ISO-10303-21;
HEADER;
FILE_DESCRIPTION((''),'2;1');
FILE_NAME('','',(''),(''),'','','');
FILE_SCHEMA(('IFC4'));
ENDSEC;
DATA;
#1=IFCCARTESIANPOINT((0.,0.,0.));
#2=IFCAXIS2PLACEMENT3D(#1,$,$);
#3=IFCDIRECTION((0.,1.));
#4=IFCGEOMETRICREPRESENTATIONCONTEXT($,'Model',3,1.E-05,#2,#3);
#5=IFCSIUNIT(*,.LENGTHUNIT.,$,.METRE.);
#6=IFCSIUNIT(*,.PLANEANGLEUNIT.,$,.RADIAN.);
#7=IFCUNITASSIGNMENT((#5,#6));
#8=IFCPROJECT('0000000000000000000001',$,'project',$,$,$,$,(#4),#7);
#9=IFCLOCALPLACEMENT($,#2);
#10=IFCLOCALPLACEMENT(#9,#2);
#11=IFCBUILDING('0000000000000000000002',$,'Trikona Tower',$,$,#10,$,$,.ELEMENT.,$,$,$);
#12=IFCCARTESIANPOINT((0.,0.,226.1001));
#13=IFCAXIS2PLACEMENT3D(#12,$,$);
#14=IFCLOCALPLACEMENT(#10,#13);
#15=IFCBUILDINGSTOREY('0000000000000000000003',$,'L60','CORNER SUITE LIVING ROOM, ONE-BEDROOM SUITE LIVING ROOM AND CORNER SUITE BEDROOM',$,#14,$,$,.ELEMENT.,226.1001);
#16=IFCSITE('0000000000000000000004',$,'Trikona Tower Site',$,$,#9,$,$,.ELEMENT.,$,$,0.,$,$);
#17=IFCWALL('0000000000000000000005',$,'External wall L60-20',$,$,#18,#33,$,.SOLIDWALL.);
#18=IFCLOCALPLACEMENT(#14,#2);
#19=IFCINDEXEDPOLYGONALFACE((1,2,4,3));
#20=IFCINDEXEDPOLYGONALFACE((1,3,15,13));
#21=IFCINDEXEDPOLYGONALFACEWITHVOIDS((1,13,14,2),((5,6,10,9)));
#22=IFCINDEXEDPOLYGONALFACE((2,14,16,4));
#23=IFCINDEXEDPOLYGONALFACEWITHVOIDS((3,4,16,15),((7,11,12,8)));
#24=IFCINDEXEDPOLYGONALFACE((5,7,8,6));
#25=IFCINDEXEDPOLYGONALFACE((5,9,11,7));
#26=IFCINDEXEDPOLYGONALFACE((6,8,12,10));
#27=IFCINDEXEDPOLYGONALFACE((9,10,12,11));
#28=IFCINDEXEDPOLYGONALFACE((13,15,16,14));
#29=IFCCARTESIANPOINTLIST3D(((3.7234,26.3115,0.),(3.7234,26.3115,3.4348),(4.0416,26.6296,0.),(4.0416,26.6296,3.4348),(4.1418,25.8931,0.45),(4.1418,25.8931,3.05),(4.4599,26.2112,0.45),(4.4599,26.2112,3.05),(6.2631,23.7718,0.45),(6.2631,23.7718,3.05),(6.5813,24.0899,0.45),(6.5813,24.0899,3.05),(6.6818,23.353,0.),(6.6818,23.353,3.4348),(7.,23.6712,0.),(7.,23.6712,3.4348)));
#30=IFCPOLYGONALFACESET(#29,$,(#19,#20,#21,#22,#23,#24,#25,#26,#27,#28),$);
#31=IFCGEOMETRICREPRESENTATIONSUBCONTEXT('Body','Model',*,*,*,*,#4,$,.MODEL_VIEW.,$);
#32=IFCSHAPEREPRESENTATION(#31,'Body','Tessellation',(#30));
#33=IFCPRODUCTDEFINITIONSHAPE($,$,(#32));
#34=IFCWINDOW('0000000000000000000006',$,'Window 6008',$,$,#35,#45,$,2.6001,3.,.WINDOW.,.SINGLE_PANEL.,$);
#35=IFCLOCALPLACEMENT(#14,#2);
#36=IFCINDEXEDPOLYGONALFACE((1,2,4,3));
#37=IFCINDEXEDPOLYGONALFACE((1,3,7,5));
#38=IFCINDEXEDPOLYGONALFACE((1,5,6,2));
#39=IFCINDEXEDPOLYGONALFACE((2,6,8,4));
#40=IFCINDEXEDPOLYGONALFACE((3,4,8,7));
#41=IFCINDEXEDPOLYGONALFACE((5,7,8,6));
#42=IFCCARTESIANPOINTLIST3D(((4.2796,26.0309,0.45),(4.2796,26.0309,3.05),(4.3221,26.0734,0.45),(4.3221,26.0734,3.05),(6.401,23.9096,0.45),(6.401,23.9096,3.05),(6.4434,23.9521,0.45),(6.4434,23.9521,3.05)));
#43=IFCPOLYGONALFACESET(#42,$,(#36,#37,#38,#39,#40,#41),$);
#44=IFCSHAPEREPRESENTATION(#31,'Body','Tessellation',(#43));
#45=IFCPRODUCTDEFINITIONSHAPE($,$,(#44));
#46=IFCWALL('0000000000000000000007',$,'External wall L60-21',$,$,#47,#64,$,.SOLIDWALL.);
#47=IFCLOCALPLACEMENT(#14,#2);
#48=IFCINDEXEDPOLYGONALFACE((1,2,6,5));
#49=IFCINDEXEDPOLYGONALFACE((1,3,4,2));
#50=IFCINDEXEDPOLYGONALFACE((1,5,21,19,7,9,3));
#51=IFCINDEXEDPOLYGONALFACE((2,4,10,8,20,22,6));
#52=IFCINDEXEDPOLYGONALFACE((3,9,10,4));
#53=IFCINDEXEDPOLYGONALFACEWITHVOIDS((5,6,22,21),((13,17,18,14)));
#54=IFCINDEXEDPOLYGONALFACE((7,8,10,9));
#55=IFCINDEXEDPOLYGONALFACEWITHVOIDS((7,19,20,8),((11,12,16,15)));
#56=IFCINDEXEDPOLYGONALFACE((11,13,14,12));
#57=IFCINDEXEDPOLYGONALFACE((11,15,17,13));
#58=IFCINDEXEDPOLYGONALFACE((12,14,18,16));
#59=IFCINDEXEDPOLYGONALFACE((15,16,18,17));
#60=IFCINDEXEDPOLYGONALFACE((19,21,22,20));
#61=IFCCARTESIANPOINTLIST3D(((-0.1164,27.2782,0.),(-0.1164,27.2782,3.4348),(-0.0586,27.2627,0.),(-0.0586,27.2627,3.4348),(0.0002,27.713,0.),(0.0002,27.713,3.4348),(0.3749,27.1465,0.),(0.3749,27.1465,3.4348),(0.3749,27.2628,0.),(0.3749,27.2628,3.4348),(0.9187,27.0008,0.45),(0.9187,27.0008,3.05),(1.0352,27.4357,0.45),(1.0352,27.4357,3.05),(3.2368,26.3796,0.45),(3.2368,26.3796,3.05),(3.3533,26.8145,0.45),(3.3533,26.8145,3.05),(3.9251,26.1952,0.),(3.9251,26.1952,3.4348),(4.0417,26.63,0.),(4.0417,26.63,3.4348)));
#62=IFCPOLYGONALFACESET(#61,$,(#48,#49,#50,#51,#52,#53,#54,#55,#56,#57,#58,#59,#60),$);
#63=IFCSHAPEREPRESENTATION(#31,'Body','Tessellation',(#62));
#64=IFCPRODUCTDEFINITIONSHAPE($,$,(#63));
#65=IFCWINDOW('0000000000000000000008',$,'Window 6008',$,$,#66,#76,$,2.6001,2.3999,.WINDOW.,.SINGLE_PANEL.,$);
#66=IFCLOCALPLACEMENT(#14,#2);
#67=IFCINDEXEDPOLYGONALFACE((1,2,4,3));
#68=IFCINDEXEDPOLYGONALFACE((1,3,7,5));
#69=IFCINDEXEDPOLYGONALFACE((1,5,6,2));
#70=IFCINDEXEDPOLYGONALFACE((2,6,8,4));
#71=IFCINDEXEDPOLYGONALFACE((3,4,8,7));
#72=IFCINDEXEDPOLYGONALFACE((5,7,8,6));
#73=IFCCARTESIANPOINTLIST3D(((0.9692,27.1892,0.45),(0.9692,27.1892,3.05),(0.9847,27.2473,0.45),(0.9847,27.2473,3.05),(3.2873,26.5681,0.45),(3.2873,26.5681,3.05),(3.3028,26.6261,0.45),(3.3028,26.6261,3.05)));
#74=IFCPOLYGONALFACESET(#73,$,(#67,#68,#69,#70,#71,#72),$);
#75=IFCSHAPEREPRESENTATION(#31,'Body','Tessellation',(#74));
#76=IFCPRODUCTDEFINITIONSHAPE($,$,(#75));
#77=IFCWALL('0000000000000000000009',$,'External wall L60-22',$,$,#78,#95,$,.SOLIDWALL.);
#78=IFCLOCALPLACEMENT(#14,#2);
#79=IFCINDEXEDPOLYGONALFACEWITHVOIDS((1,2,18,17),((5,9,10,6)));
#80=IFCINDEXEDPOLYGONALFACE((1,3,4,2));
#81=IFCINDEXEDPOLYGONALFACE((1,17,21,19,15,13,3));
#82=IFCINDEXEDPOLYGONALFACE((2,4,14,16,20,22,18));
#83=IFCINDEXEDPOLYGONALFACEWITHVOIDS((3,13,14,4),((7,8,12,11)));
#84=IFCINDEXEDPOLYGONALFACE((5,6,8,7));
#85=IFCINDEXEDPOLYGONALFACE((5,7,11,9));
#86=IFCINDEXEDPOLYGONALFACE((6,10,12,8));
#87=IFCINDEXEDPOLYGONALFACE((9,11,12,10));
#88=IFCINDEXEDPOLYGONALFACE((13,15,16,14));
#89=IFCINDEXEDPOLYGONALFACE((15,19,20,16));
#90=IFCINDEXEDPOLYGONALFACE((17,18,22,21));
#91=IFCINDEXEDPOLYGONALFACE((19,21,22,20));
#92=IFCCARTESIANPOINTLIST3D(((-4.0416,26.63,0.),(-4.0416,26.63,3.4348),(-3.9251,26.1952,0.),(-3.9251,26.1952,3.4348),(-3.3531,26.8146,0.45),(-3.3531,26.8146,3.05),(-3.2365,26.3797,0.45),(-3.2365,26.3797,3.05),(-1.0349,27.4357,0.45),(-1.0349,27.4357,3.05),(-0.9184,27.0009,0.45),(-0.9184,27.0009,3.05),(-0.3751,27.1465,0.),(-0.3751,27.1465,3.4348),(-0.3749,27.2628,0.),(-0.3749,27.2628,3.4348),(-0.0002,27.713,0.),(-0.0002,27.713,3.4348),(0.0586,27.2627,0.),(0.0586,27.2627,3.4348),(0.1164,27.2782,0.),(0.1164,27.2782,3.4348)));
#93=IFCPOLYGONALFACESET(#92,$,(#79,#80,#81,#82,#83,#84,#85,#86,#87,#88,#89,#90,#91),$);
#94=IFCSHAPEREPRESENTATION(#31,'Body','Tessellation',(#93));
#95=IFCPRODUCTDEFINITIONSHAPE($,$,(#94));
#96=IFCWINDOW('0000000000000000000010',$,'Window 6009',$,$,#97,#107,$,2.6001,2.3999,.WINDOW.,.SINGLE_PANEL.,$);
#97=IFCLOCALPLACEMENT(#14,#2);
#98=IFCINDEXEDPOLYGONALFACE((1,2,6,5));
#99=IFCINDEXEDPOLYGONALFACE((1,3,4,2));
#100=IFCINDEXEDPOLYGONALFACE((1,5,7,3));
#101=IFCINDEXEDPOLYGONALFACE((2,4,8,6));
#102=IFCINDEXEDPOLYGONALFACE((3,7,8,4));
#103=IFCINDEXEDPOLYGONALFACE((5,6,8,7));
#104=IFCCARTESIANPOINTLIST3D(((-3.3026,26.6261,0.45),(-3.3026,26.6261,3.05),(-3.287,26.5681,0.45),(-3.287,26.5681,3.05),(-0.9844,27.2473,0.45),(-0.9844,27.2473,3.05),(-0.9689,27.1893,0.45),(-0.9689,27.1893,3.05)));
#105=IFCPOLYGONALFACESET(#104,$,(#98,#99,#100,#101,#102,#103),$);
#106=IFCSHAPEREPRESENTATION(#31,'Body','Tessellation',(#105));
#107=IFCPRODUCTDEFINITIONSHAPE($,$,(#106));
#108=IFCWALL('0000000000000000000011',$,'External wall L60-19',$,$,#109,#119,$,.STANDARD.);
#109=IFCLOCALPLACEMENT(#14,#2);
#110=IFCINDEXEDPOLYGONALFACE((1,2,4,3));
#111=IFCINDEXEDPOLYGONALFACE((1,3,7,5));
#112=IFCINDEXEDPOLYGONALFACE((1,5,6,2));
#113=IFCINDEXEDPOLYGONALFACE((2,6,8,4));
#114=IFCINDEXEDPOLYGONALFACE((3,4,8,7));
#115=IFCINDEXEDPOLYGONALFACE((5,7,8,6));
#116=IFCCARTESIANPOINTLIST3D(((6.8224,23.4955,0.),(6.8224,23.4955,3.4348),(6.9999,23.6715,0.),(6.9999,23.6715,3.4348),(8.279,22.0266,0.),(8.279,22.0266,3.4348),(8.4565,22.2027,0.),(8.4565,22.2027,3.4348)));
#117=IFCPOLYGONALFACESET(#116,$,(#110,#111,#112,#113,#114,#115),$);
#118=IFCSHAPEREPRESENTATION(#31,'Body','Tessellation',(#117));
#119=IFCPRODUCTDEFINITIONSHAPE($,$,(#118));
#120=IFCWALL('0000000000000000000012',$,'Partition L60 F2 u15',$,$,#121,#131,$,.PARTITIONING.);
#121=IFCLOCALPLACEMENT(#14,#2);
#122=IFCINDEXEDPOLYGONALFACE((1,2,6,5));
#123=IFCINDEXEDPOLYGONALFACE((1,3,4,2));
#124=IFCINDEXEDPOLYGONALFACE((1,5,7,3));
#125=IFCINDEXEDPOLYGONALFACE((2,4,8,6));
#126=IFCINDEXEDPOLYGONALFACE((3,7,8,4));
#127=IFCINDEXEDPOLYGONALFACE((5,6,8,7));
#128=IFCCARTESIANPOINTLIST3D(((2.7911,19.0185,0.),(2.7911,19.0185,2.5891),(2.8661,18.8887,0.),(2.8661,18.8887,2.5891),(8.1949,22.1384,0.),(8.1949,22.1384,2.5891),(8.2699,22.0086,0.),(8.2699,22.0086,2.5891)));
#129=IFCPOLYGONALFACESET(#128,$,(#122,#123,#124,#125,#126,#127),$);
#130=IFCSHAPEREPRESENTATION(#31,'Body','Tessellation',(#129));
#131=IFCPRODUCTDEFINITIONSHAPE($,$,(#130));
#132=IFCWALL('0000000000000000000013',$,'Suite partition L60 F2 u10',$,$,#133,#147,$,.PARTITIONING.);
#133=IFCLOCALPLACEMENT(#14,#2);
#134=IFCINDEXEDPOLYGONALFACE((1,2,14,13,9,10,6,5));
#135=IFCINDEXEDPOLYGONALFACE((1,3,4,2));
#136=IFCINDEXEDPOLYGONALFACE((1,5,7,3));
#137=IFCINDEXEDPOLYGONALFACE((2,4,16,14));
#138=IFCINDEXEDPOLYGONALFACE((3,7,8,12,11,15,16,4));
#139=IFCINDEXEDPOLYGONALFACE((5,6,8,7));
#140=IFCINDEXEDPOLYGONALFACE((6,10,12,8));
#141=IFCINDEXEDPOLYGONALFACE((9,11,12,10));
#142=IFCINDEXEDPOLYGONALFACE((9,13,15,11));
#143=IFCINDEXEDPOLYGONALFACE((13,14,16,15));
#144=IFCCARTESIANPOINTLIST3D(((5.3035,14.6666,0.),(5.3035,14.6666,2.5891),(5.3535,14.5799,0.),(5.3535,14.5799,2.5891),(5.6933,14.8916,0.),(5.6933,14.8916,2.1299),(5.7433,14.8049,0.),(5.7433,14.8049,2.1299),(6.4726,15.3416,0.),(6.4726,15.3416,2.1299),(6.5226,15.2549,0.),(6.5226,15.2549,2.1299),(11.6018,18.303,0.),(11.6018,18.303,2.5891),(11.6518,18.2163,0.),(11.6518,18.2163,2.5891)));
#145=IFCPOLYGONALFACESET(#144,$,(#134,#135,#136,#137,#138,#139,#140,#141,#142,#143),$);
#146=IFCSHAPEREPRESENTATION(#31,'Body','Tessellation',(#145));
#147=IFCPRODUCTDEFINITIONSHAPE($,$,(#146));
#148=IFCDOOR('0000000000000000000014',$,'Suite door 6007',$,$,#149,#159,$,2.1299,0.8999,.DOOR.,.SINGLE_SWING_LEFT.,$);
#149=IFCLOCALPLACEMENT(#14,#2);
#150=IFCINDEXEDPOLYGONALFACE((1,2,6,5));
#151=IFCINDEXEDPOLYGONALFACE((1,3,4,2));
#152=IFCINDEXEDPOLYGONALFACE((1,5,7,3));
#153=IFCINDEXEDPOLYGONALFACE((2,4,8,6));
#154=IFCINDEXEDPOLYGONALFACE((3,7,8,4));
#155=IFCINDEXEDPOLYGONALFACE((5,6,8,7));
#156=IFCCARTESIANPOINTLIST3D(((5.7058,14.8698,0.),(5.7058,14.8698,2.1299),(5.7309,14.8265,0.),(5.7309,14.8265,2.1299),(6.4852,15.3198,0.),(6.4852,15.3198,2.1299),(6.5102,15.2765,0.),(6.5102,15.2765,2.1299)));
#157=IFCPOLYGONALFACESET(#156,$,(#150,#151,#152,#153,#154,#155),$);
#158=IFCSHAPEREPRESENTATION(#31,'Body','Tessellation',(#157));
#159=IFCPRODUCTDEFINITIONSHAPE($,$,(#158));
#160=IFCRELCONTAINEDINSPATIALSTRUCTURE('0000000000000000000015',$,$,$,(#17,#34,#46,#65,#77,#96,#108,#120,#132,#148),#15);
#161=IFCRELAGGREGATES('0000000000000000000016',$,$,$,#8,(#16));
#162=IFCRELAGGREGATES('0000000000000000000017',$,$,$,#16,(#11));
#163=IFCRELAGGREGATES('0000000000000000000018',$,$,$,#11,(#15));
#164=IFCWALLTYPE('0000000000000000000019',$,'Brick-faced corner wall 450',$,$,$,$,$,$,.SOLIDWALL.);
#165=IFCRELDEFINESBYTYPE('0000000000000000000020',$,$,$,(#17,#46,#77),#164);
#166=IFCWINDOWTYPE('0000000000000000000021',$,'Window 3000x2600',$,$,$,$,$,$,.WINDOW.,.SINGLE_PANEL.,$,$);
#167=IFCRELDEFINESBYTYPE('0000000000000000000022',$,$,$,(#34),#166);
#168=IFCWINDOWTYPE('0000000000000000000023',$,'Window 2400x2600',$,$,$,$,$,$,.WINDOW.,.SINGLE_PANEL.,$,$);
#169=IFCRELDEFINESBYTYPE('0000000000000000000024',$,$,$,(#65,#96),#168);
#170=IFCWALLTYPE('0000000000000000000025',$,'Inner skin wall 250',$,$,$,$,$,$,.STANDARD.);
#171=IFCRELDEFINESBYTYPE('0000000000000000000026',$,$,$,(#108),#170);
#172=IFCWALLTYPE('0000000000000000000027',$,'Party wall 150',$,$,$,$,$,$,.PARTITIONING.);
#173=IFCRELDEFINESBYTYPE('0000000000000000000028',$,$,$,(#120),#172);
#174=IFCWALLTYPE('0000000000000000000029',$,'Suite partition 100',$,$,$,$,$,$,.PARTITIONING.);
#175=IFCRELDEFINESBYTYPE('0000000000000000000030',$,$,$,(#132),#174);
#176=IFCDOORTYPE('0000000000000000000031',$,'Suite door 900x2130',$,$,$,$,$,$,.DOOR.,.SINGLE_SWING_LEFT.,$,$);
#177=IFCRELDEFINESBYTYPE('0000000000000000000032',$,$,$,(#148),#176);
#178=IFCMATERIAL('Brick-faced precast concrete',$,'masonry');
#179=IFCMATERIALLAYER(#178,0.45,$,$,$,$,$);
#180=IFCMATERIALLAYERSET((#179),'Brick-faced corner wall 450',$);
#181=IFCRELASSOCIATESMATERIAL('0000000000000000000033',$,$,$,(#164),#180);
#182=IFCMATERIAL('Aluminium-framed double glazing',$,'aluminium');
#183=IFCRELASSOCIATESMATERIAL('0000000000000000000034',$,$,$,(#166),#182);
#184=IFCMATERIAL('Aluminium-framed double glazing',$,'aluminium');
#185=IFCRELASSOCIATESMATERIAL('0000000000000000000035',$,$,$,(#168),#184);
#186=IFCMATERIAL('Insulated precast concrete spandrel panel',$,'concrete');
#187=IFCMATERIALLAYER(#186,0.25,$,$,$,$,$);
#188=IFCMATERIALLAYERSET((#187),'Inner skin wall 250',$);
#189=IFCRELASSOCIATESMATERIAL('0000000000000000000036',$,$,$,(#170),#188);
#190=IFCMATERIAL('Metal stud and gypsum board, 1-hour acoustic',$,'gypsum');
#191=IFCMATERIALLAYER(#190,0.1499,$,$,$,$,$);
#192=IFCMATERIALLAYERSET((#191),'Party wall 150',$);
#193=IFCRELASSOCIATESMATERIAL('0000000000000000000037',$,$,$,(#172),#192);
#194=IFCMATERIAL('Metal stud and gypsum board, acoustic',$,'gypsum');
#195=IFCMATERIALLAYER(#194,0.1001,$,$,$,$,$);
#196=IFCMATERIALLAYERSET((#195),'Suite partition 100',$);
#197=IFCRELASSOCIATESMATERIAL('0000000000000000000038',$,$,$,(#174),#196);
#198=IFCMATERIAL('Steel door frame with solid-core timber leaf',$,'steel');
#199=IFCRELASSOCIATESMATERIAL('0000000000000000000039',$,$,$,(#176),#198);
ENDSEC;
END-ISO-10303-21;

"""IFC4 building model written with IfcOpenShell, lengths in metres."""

from ifc_helpers import new_model, si_unit, direction, frame, frame_2d, origin, place, context, subcontext, project, spatial, polyline, rectangle, outline, extrude, material, layer, layer_set, type_object, element, fill, save


model = new_model("IFC4")

# Units and contexts
model_context = context("Model", 3, precision=1e-05, world=origin(), true_north=direction((0.0, 1.0)))
body_context = subcontext(model_context, "Body", "Model", "MODEL_VIEW")
ifc_project = project(units=[si_unit("LENGTHUNIT", "METRE"), si_unit("PLANEANGLEUNIT", "RADIAN")], contexts=[model_context])

# Site, building, storey
site_placement = place(None, origin())
site = spatial("IfcSite", under=ifc_project, at=site_placement, Name="Trikona Tower Site", CompositionType="ELEMENT", RefElevation=0.0)
building_placement = place(site_placement, origin())
building = spatial("IfcBuilding", under=site, at=building_placement, Name="Trikona Tower", CompositionType="ELEMENT")
storey_placement = place(building_placement, frame((0.0, 0.0, 226.1001)))
storey = spatial("IfcBuildingStorey", under=building, at=storey_placement, Name="L60", Description="CORNER SUITE LIVING ROOM, ONE-BEDROOM SUITE LIVING ROOM AND CORNER SUITE BEDROOM", CompositionType="ELEMENT", Elevation=226.1001)

# Walls, openings, windows
ifc_material_1 = material(Name="Brick-faced precast concrete", Category="masonry")
ifc_layer_1 = layer(ifc_material_1, 0.45)
ifc_layer_set_1 = layer_set([ifc_layer_1], Name="Brick-faced corner wall 450")
wall_type_1 = type_object("IfcWallType", Name="Brick-faced corner wall 450", PredefinedType="SOLIDWALL", material=ifc_layer_set_1)
wall_1_placement = place(storey_placement, frame((6.8408, 23.5122, 0.0), z_axis=(0.0, 0.0, 1.0), x_axis=(-0.707107, 0.707107, 0.0)))
wall_1 = element("IfcWall", 1, at=wall_1_placement, inside=storey, type_object=wall_type_1, Name="External wall L60-20", PredefinedType="SOLIDWALL", context=body_context, shape_type="SweptSolid", body=[
    extrude(rectangle(XDim=4.1838, YDim=0.45, at=frame_2d((2.0918, 0.0))), origin(), (0.0, 0.0, 1.0), 3.4348),
])
opening_1_placement = place(wall_1_placement, frame((0.592, 0.0, 0.45)))
opening_1 = element("IfcOpeningElement", 2, at=opening_1_placement, cuts=wall_1, PredefinedType="OPENING", context=body_context, shape_type="SweptSolid", body=[
    extrude(rectangle(XDim=3.0, YDim=2.6001, at=frame_2d((1.5, 1.3))), frame((0.0, 0.2349, 0.0), z_axis=(0.0, -1.0, 0.0), x_axis=(1.0, 0.0, 0.0)), (0.0, 0.0, 1.0), 0.47),
])
ifc_material_2 = material(Name="Aluminium-framed double glazing", Category="aluminium")
window_type_1 = type_object("IfcWindowType", Name="Window 3000x2600", PartitioningType="SINGLE_PANEL", PredefinedType="WINDOW", material=ifc_material_2)
window_1_placement = place(opening_1_placement, origin())
window_1 = element("IfcWindow", 3, at=window_1_placement, inside=storey, type_object=window_type_1, Name="Window 6008", OverallHeight=2.6001, OverallWidth=3.0, PartitioningType="SINGLE_PANEL", PredefinedType="WINDOW", context=body_context, shape_type="SweptSolid", body=[
    extrude(rectangle(XDim=3.0, YDim=2.6001, at=frame_2d((1.5, 1.3))), frame((0.0, 0.03, 0.0), z_axis=(0.0, -1.0, 0.0), x_axis=(1.0, 0.0, 0.0)), (0.0, 0.0, 1.0), 0.0601),
])
fill(opening_1, window_1)
wall_2_placement = place(storey_placement, frame((3.9834, 26.4126, 0.0), z_axis=(0.0, 0.0, 1.0), x_axis=(-0.96592, 0.258839, 0.0)))
wall_2 = element("IfcWall", 4, at=wall_2_placement, inside=storey, type_object=wall_type_1, Name="External wall L60-21", PredefinedType="SOLIDWALL", context=body_context, shape_type="SweptSolid", body=[
    extrude(outline(polyline([(4.1841, 0.2251), (4.1243, 0.2251), (3.7056, 0.1128), (3.6755, 0.2251), (0.0, 0.2251), (0.0, -0.2251), (4.1841, -0.2251), (4.1841, 0.2251)])), origin(), (0.0, 0.0, 1.0), 3.4348),
])
opening_2_placement = place(wall_2_placement, frame((0.7126, 0.0, 0.45)))
opening_2 = element("IfcOpeningElement", 5, at=opening_2_placement, cuts=wall_2, PredefinedType="OPENING", context=body_context, shape_type="SweptSolid", body=[
    extrude(rectangle(XDim=2.3999, YDim=2.6001, at=frame_2d((1.2, 1.3))), frame((0.0, 0.2349, 0.0), z_axis=(0.0, -1.0, 0.0), x_axis=(1.0, 0.0, 0.0)), (0.0, 0.0, 1.0), 0.47),
])
ifc_material_3 = material(Name="Aluminium-framed double glazing", Category="aluminium")
window_type_2 = type_object("IfcWindowType", Name="Window 2400x2600", PartitioningType="SINGLE_PANEL", PredefinedType="WINDOW", material=ifc_material_3)
window_2_placement = place(opening_2_placement, origin())
window_2 = element("IfcWindow", 6, at=window_2_placement, inside=storey, type_object=window_type_2, Name="Window 6008", OverallHeight=2.6001, OverallWidth=2.3999, PartitioningType="SINGLE_PANEL", PredefinedType="WINDOW", context=body_context, shape_type="SweptSolid", body=[
    extrude(rectangle(XDim=2.3999, YDim=2.6001, at=frame_2d((1.2, 1.3))), frame((0.0, 0.03, 0.0), z_axis=(0.0, -1.0, 0.0), x_axis=(1.0, 0.0, 0.0)), (0.0, 0.0, 1.0), 0.0601),
])
fill(opening_2, window_2)
wall_3_placement = place(storey_placement, frame((0.0581, 27.4956, 0.0), z_axis=(0.0, 0.0, 1.0), x_axis=(-0.96592, -0.258839, 0.0)))
wall_3 = element("IfcWall", 7, at=wall_3_placement, inside=storey, type_object=wall_type_1, Name="External wall L60-22", PredefinedType="SOLIDWALL", context=body_context, shape_type="SweptSolid", body=[
    extrude(outline(polyline([(4.1841, 0.2251), (0.5088, 0.2251), (0.4785, 0.1128), (0.0598, 0.2251), (0.0, 0.2251), (0.0, -0.2251), (4.1841, -0.2251), (4.1841, 0.2251)])), origin(), (0.0, 0.0, 1.0), 3.4348),
])
opening_3_placement = place(wall_3_placement, frame((1.0713, 0.0, 0.45)))
opening_3 = element("IfcOpeningElement", 8, at=opening_3_placement, cuts=wall_3, PredefinedType="OPENING", context=body_context, shape_type="SweptSolid", body=[
    extrude(rectangle(XDim=2.3999, YDim=2.6001, at=frame_2d((1.2, 1.3))), frame((0.0, 0.2349, 0.0), z_axis=(0.0, -1.0, 0.0), x_axis=(1.0, 0.0, 0.0)), (0.0, 0.0, 1.0), 0.47),
])
window_3_placement = place(opening_3_placement, origin())
window_3 = element("IfcWindow", 9, at=window_3_placement, inside=storey, type_object=window_type_2, Name="Window 6009", OverallHeight=2.6001, OverallWidth=2.3999, PartitioningType="SINGLE_PANEL", PredefinedType="WINDOW", context=body_context, shape_type="SweptSolid", body=[
    extrude(rectangle(XDim=2.3999, YDim=2.6001, at=frame_2d((1.2, 1.3))), frame((0.0, 0.03, 0.0), z_axis=(0.0, -1.0, 0.0), x_axis=(1.0, 0.0, 0.0)), (0.0, 0.0, 1.0), 0.0601),
])
fill(opening_3, window_3)

# Walls
ifc_material_4 = material(Name="Insulated precast concrete spandrel panel", Category="concrete")
ifc_layer_2 = layer(ifc_material_4, 0.25)
ifc_layer_set_2 = layer_set([ifc_layer_2], Name="Inner skin wall 250")
wall_type_2 = type_object("IfcWallType", Name="Inner skin wall 250", PredefinedType="STANDARD", material=ifc_layer_set_2)
wall_4_placement = place(storey_placement, frame((8.3677, 22.1147, 0.0), z_axis=(0.0, 0.0, 1.0), x_axis=(-0.70415, 0.710051, 0.0)))
element("IfcWall", 10, at=wall_4_placement, inside=storey, type_object=wall_type_2, Name="External wall L60-19", PredefinedType="STANDARD", context=body_context, shape_type="SweptSolid", body=[
    extrude(rectangle(XDim=2.0686, YDim=0.25, at=frame_2d((1.0342, 0.0))), origin(), (0.0, 0.0, 1.0), 3.4348),
])
ifc_material_5 = material(Name="Metal stud and gypsum board, 1-hour acoustic", Category="gypsum")
ifc_layer_3 = layer(ifc_material_5, 0.1499)
ifc_layer_set_3 = layer_set([ifc_layer_3], Name="Party wall 150")
wall_type_3 = type_object("IfcWallType", Name="Party wall 150", PredefinedType="PARTITIONING", material=ifc_layer_set_3)
wall_5_placement = place(storey_placement, frame((2.8286, 18.9536, 0.0), z_axis=(0.0, 0.0, 1.0), x_axis=(0.866027, 0.499998, 0.0)))
element("IfcWall", 11, at=wall_5_placement, inside=storey, type_object=wall_type_3, Name="Partition L60 F2 u15", PredefinedType="PARTITIONING", context=body_context, shape_type="SweptSolid", body=[
    extrude(rectangle(XDim=6.2397, YDim=0.1499, at=frame_2d((3.1199, 0.0))), origin(), (0.0, 0.0, 1.0), 2.5891),
])

# Wall, opening, door
ifc_material_6 = material(Name="Metal stud and gypsum board, acoustic", Category="gypsum")
ifc_layer_4 = layer(ifc_material_6, 0.1001)
ifc_layer_set_4 = layer_set([ifc_layer_4], Name="Suite partition 100")
wall_type_4 = type_object("IfcWallType", Name="Suite partition 100", PredefinedType="PARTITIONING", material=ifc_layer_set_4)
wall_6_placement = place(storey_placement, frame((5.3286, 14.6233, 0.0), z_axis=(0.0, 0.0, 1.0), x_axis=(0.866018, 0.500013, 0.0)))
wall_6 = element("IfcWall", 12, at=wall_6_placement, inside=storey, type_object=wall_type_4, Name="Suite partition L60 F2 u10", PredefinedType="PARTITIONING", context=body_context, shape_type="SweptSolid", body=[
    extrude(rectangle(XDim=7.2727, YDim=0.1001, at=frame_2d((3.6362, 0.0))), origin(), (0.0, 0.0, 1.0), 2.5891),
])
opening_4_placement = place(wall_6_placement, frame((0.45, 0.0, 0.0)))
opening_4 = element("IfcOpeningElement", 13, at=opening_4_placement, cuts=wall_6, PredefinedType="OPENING", context=body_context, shape_type="SweptSolid", body=[
    extrude(rectangle(XDim=0.8999, YDim=2.1299, at=frame_2d((0.45, 1.0649))), frame((0.0, 0.0601, 0.0), z_axis=(0.0, -1.0, 0.0), x_axis=(1.0, 0.0, 0.0)), (0.0, 0.0, 1.0), 0.1201),
])
ifc_material_7 = material(Name="Steel door frame with solid-core timber leaf", Category="steel")
door_type_1 = type_object("IfcDoorType", Name="Suite door 900x2130", OperationType="SINGLE_SWING_LEFT", PredefinedType="DOOR", material=ifc_material_7)
door_1_placement = place(opening_4_placement, origin())
door_1 = element("IfcDoor", 14, at=door_1_placement, inside=storey, type_object=door_type_1, Name="Suite door 6007", OperationType="SINGLE_SWING_LEFT", OverallHeight=2.1299, OverallWidth=0.8999, PredefinedType="DOOR", context=body_context, shape_type="SweptSolid", body=[
    extrude(rectangle(XDim=0.8999, YDim=2.1299, at=frame_2d((0.45, 1.0649))), frame((0.0, 0.0249, 0.0), z_axis=(0.0, -1.0, 0.0), x_axis=(1.0, 0.0, 0.0)), (0.0, 0.0, 1.0), 0.05),
])
fill(opening_4, door_1)

save(model, "model.ifc")
